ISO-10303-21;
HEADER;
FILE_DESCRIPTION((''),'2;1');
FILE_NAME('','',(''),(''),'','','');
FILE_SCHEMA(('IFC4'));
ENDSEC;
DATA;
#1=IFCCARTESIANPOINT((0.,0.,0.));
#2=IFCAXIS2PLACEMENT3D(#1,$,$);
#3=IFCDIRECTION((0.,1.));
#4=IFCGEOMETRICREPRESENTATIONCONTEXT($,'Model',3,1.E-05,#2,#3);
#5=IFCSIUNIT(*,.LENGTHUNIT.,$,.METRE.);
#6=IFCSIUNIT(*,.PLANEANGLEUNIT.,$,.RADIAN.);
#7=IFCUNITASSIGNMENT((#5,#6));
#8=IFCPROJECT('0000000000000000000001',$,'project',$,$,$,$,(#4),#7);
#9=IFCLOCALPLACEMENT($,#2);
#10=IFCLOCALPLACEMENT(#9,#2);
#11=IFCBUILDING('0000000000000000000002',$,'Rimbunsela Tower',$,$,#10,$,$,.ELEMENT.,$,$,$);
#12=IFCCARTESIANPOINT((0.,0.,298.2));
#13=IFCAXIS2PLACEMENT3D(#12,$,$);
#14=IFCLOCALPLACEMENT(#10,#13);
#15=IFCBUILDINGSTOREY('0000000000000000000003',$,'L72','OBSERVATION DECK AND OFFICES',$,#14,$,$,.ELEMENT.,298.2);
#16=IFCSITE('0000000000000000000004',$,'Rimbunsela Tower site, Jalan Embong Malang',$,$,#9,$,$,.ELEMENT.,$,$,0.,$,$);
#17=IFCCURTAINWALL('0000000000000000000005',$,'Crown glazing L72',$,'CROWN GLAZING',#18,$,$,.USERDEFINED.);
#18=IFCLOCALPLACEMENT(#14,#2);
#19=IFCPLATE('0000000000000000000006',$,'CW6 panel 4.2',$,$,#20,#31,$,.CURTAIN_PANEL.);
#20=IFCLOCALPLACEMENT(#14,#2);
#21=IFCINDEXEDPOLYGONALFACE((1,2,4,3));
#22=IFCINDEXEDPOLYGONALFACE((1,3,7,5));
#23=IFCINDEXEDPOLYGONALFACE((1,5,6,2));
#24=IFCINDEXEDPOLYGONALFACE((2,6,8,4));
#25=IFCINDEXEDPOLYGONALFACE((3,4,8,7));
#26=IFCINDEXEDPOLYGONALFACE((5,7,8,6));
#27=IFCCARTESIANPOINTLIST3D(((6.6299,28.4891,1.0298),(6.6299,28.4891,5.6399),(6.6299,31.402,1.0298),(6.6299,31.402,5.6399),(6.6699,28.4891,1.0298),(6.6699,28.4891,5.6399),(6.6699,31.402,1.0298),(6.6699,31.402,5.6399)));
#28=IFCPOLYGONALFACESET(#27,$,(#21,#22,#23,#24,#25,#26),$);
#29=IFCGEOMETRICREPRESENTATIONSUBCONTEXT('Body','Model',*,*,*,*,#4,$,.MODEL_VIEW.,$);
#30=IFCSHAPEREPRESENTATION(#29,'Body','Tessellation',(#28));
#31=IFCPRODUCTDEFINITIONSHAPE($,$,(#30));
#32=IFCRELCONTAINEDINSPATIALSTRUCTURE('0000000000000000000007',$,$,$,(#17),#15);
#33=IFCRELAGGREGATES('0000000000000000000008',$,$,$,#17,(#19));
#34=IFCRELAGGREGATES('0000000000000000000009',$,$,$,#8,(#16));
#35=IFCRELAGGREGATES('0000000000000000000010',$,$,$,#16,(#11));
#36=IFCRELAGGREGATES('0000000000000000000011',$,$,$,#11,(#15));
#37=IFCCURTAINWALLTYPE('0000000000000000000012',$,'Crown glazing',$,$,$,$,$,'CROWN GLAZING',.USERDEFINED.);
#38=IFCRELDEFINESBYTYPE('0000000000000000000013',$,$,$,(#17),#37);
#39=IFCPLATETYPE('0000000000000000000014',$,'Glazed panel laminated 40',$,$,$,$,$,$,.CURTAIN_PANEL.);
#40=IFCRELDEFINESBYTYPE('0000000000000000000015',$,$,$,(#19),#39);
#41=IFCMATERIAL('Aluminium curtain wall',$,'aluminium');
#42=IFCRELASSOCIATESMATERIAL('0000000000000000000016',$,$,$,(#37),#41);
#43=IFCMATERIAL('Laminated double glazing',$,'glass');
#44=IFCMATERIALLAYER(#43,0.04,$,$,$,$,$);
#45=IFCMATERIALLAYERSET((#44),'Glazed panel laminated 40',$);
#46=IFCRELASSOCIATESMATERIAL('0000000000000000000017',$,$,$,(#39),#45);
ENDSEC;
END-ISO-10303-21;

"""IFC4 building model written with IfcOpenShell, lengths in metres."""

from ifc_helpers import new_model, si_unit, direction, frame, origin, origin_2d, place, context, subcontext, project, spatial, rectangle, extrude, material, layer, layer_set, type_object, element, aggregate, save


model = new_model("IFC4")

# Units and contexts
model_context = context("Model", 3, precision=1e-05, world=origin(), true_north=direction((0.0, 1.0)))
body_context = subcontext(model_context, "Body", "Model", "MODEL_VIEW")
ifc_project = project(units=[si_unit("LENGTHUNIT", "METRE"), si_unit("PLANEANGLEUNIT", "RADIAN")], contexts=[model_context])

# Site, building, storey
site_placement = place(None, origin())
site = spatial("IfcSite", under=ifc_project, at=site_placement, Name="Rimbunsela Tower site, Jalan Embong Malang", CompositionType="ELEMENT", RefElevation=0.0)
building_placement = place(site_placement, origin())
building = spatial("IfcBuilding", under=site, at=building_placement, Name="Rimbunsela Tower", CompositionType="ELEMENT")
storey_placement = place(building_placement, frame((0.0, 0.0, 298.2)))
storey = spatial("IfcBuildingStorey", under=building, at=storey_placement, Name="L72", Description="OBSERVATION DECK AND OFFICES", CompositionType="ELEMENT", Elevation=298.2)

# Curtain wall, plate
ifc_material_1 = material(Name="Aluminium curtain wall", Category="aluminium")
curtain_wall_type = type_object("IfcCurtainWallType", Name="Crown glazing", ElementType="CROWN GLAZING", PredefinedType="USERDEFINED", material=ifc_material_1)
curtain_wall_placement = place(storey_placement, origin())
curtain_wall = element("IfcCurtainWall", 1, at=curtain_wall_placement, inside=storey, type_object=curtain_wall_type, Name="Crown glazing L72", ObjectType="CROWN GLAZING", PredefinedType="USERDEFINED")
ifc_material_2 = material(Name="Laminated double glazing", Category="glass")
ifc_layer = layer(ifc_material_2, 0.04)
ifc_layer_set = layer_set([ifc_layer], Name="Glazed panel laminated 40")
plate_type = type_object("IfcPlateType", Name="Glazed panel laminated 40", PredefinedType="CURTAIN_PANEL", material=ifc_layer_set)
plate_1_placement = place(storey_placement, frame((6.6499, 29.9456, 1.0298), z_axis=(0.0, 0.0, 1.0), x_axis=(0.0, -1.0, 0.0)))
plate_1 = element("IfcPlate", 2, at=plate_1_placement, type_object=plate_type, Name="CW6 panel 4.2", PredefinedType="CURTAIN_PANEL", context=body_context, shape_type="SweptSolid", body=[
    extrude(rectangle(XDim=2.9128, YDim=0.04, at=origin_2d()), origin(), (0.0, 0.0, 1.0), 4.6101),
])
aggregate(curtain_wall, [plate_1])

save(model, "model.ifc")
